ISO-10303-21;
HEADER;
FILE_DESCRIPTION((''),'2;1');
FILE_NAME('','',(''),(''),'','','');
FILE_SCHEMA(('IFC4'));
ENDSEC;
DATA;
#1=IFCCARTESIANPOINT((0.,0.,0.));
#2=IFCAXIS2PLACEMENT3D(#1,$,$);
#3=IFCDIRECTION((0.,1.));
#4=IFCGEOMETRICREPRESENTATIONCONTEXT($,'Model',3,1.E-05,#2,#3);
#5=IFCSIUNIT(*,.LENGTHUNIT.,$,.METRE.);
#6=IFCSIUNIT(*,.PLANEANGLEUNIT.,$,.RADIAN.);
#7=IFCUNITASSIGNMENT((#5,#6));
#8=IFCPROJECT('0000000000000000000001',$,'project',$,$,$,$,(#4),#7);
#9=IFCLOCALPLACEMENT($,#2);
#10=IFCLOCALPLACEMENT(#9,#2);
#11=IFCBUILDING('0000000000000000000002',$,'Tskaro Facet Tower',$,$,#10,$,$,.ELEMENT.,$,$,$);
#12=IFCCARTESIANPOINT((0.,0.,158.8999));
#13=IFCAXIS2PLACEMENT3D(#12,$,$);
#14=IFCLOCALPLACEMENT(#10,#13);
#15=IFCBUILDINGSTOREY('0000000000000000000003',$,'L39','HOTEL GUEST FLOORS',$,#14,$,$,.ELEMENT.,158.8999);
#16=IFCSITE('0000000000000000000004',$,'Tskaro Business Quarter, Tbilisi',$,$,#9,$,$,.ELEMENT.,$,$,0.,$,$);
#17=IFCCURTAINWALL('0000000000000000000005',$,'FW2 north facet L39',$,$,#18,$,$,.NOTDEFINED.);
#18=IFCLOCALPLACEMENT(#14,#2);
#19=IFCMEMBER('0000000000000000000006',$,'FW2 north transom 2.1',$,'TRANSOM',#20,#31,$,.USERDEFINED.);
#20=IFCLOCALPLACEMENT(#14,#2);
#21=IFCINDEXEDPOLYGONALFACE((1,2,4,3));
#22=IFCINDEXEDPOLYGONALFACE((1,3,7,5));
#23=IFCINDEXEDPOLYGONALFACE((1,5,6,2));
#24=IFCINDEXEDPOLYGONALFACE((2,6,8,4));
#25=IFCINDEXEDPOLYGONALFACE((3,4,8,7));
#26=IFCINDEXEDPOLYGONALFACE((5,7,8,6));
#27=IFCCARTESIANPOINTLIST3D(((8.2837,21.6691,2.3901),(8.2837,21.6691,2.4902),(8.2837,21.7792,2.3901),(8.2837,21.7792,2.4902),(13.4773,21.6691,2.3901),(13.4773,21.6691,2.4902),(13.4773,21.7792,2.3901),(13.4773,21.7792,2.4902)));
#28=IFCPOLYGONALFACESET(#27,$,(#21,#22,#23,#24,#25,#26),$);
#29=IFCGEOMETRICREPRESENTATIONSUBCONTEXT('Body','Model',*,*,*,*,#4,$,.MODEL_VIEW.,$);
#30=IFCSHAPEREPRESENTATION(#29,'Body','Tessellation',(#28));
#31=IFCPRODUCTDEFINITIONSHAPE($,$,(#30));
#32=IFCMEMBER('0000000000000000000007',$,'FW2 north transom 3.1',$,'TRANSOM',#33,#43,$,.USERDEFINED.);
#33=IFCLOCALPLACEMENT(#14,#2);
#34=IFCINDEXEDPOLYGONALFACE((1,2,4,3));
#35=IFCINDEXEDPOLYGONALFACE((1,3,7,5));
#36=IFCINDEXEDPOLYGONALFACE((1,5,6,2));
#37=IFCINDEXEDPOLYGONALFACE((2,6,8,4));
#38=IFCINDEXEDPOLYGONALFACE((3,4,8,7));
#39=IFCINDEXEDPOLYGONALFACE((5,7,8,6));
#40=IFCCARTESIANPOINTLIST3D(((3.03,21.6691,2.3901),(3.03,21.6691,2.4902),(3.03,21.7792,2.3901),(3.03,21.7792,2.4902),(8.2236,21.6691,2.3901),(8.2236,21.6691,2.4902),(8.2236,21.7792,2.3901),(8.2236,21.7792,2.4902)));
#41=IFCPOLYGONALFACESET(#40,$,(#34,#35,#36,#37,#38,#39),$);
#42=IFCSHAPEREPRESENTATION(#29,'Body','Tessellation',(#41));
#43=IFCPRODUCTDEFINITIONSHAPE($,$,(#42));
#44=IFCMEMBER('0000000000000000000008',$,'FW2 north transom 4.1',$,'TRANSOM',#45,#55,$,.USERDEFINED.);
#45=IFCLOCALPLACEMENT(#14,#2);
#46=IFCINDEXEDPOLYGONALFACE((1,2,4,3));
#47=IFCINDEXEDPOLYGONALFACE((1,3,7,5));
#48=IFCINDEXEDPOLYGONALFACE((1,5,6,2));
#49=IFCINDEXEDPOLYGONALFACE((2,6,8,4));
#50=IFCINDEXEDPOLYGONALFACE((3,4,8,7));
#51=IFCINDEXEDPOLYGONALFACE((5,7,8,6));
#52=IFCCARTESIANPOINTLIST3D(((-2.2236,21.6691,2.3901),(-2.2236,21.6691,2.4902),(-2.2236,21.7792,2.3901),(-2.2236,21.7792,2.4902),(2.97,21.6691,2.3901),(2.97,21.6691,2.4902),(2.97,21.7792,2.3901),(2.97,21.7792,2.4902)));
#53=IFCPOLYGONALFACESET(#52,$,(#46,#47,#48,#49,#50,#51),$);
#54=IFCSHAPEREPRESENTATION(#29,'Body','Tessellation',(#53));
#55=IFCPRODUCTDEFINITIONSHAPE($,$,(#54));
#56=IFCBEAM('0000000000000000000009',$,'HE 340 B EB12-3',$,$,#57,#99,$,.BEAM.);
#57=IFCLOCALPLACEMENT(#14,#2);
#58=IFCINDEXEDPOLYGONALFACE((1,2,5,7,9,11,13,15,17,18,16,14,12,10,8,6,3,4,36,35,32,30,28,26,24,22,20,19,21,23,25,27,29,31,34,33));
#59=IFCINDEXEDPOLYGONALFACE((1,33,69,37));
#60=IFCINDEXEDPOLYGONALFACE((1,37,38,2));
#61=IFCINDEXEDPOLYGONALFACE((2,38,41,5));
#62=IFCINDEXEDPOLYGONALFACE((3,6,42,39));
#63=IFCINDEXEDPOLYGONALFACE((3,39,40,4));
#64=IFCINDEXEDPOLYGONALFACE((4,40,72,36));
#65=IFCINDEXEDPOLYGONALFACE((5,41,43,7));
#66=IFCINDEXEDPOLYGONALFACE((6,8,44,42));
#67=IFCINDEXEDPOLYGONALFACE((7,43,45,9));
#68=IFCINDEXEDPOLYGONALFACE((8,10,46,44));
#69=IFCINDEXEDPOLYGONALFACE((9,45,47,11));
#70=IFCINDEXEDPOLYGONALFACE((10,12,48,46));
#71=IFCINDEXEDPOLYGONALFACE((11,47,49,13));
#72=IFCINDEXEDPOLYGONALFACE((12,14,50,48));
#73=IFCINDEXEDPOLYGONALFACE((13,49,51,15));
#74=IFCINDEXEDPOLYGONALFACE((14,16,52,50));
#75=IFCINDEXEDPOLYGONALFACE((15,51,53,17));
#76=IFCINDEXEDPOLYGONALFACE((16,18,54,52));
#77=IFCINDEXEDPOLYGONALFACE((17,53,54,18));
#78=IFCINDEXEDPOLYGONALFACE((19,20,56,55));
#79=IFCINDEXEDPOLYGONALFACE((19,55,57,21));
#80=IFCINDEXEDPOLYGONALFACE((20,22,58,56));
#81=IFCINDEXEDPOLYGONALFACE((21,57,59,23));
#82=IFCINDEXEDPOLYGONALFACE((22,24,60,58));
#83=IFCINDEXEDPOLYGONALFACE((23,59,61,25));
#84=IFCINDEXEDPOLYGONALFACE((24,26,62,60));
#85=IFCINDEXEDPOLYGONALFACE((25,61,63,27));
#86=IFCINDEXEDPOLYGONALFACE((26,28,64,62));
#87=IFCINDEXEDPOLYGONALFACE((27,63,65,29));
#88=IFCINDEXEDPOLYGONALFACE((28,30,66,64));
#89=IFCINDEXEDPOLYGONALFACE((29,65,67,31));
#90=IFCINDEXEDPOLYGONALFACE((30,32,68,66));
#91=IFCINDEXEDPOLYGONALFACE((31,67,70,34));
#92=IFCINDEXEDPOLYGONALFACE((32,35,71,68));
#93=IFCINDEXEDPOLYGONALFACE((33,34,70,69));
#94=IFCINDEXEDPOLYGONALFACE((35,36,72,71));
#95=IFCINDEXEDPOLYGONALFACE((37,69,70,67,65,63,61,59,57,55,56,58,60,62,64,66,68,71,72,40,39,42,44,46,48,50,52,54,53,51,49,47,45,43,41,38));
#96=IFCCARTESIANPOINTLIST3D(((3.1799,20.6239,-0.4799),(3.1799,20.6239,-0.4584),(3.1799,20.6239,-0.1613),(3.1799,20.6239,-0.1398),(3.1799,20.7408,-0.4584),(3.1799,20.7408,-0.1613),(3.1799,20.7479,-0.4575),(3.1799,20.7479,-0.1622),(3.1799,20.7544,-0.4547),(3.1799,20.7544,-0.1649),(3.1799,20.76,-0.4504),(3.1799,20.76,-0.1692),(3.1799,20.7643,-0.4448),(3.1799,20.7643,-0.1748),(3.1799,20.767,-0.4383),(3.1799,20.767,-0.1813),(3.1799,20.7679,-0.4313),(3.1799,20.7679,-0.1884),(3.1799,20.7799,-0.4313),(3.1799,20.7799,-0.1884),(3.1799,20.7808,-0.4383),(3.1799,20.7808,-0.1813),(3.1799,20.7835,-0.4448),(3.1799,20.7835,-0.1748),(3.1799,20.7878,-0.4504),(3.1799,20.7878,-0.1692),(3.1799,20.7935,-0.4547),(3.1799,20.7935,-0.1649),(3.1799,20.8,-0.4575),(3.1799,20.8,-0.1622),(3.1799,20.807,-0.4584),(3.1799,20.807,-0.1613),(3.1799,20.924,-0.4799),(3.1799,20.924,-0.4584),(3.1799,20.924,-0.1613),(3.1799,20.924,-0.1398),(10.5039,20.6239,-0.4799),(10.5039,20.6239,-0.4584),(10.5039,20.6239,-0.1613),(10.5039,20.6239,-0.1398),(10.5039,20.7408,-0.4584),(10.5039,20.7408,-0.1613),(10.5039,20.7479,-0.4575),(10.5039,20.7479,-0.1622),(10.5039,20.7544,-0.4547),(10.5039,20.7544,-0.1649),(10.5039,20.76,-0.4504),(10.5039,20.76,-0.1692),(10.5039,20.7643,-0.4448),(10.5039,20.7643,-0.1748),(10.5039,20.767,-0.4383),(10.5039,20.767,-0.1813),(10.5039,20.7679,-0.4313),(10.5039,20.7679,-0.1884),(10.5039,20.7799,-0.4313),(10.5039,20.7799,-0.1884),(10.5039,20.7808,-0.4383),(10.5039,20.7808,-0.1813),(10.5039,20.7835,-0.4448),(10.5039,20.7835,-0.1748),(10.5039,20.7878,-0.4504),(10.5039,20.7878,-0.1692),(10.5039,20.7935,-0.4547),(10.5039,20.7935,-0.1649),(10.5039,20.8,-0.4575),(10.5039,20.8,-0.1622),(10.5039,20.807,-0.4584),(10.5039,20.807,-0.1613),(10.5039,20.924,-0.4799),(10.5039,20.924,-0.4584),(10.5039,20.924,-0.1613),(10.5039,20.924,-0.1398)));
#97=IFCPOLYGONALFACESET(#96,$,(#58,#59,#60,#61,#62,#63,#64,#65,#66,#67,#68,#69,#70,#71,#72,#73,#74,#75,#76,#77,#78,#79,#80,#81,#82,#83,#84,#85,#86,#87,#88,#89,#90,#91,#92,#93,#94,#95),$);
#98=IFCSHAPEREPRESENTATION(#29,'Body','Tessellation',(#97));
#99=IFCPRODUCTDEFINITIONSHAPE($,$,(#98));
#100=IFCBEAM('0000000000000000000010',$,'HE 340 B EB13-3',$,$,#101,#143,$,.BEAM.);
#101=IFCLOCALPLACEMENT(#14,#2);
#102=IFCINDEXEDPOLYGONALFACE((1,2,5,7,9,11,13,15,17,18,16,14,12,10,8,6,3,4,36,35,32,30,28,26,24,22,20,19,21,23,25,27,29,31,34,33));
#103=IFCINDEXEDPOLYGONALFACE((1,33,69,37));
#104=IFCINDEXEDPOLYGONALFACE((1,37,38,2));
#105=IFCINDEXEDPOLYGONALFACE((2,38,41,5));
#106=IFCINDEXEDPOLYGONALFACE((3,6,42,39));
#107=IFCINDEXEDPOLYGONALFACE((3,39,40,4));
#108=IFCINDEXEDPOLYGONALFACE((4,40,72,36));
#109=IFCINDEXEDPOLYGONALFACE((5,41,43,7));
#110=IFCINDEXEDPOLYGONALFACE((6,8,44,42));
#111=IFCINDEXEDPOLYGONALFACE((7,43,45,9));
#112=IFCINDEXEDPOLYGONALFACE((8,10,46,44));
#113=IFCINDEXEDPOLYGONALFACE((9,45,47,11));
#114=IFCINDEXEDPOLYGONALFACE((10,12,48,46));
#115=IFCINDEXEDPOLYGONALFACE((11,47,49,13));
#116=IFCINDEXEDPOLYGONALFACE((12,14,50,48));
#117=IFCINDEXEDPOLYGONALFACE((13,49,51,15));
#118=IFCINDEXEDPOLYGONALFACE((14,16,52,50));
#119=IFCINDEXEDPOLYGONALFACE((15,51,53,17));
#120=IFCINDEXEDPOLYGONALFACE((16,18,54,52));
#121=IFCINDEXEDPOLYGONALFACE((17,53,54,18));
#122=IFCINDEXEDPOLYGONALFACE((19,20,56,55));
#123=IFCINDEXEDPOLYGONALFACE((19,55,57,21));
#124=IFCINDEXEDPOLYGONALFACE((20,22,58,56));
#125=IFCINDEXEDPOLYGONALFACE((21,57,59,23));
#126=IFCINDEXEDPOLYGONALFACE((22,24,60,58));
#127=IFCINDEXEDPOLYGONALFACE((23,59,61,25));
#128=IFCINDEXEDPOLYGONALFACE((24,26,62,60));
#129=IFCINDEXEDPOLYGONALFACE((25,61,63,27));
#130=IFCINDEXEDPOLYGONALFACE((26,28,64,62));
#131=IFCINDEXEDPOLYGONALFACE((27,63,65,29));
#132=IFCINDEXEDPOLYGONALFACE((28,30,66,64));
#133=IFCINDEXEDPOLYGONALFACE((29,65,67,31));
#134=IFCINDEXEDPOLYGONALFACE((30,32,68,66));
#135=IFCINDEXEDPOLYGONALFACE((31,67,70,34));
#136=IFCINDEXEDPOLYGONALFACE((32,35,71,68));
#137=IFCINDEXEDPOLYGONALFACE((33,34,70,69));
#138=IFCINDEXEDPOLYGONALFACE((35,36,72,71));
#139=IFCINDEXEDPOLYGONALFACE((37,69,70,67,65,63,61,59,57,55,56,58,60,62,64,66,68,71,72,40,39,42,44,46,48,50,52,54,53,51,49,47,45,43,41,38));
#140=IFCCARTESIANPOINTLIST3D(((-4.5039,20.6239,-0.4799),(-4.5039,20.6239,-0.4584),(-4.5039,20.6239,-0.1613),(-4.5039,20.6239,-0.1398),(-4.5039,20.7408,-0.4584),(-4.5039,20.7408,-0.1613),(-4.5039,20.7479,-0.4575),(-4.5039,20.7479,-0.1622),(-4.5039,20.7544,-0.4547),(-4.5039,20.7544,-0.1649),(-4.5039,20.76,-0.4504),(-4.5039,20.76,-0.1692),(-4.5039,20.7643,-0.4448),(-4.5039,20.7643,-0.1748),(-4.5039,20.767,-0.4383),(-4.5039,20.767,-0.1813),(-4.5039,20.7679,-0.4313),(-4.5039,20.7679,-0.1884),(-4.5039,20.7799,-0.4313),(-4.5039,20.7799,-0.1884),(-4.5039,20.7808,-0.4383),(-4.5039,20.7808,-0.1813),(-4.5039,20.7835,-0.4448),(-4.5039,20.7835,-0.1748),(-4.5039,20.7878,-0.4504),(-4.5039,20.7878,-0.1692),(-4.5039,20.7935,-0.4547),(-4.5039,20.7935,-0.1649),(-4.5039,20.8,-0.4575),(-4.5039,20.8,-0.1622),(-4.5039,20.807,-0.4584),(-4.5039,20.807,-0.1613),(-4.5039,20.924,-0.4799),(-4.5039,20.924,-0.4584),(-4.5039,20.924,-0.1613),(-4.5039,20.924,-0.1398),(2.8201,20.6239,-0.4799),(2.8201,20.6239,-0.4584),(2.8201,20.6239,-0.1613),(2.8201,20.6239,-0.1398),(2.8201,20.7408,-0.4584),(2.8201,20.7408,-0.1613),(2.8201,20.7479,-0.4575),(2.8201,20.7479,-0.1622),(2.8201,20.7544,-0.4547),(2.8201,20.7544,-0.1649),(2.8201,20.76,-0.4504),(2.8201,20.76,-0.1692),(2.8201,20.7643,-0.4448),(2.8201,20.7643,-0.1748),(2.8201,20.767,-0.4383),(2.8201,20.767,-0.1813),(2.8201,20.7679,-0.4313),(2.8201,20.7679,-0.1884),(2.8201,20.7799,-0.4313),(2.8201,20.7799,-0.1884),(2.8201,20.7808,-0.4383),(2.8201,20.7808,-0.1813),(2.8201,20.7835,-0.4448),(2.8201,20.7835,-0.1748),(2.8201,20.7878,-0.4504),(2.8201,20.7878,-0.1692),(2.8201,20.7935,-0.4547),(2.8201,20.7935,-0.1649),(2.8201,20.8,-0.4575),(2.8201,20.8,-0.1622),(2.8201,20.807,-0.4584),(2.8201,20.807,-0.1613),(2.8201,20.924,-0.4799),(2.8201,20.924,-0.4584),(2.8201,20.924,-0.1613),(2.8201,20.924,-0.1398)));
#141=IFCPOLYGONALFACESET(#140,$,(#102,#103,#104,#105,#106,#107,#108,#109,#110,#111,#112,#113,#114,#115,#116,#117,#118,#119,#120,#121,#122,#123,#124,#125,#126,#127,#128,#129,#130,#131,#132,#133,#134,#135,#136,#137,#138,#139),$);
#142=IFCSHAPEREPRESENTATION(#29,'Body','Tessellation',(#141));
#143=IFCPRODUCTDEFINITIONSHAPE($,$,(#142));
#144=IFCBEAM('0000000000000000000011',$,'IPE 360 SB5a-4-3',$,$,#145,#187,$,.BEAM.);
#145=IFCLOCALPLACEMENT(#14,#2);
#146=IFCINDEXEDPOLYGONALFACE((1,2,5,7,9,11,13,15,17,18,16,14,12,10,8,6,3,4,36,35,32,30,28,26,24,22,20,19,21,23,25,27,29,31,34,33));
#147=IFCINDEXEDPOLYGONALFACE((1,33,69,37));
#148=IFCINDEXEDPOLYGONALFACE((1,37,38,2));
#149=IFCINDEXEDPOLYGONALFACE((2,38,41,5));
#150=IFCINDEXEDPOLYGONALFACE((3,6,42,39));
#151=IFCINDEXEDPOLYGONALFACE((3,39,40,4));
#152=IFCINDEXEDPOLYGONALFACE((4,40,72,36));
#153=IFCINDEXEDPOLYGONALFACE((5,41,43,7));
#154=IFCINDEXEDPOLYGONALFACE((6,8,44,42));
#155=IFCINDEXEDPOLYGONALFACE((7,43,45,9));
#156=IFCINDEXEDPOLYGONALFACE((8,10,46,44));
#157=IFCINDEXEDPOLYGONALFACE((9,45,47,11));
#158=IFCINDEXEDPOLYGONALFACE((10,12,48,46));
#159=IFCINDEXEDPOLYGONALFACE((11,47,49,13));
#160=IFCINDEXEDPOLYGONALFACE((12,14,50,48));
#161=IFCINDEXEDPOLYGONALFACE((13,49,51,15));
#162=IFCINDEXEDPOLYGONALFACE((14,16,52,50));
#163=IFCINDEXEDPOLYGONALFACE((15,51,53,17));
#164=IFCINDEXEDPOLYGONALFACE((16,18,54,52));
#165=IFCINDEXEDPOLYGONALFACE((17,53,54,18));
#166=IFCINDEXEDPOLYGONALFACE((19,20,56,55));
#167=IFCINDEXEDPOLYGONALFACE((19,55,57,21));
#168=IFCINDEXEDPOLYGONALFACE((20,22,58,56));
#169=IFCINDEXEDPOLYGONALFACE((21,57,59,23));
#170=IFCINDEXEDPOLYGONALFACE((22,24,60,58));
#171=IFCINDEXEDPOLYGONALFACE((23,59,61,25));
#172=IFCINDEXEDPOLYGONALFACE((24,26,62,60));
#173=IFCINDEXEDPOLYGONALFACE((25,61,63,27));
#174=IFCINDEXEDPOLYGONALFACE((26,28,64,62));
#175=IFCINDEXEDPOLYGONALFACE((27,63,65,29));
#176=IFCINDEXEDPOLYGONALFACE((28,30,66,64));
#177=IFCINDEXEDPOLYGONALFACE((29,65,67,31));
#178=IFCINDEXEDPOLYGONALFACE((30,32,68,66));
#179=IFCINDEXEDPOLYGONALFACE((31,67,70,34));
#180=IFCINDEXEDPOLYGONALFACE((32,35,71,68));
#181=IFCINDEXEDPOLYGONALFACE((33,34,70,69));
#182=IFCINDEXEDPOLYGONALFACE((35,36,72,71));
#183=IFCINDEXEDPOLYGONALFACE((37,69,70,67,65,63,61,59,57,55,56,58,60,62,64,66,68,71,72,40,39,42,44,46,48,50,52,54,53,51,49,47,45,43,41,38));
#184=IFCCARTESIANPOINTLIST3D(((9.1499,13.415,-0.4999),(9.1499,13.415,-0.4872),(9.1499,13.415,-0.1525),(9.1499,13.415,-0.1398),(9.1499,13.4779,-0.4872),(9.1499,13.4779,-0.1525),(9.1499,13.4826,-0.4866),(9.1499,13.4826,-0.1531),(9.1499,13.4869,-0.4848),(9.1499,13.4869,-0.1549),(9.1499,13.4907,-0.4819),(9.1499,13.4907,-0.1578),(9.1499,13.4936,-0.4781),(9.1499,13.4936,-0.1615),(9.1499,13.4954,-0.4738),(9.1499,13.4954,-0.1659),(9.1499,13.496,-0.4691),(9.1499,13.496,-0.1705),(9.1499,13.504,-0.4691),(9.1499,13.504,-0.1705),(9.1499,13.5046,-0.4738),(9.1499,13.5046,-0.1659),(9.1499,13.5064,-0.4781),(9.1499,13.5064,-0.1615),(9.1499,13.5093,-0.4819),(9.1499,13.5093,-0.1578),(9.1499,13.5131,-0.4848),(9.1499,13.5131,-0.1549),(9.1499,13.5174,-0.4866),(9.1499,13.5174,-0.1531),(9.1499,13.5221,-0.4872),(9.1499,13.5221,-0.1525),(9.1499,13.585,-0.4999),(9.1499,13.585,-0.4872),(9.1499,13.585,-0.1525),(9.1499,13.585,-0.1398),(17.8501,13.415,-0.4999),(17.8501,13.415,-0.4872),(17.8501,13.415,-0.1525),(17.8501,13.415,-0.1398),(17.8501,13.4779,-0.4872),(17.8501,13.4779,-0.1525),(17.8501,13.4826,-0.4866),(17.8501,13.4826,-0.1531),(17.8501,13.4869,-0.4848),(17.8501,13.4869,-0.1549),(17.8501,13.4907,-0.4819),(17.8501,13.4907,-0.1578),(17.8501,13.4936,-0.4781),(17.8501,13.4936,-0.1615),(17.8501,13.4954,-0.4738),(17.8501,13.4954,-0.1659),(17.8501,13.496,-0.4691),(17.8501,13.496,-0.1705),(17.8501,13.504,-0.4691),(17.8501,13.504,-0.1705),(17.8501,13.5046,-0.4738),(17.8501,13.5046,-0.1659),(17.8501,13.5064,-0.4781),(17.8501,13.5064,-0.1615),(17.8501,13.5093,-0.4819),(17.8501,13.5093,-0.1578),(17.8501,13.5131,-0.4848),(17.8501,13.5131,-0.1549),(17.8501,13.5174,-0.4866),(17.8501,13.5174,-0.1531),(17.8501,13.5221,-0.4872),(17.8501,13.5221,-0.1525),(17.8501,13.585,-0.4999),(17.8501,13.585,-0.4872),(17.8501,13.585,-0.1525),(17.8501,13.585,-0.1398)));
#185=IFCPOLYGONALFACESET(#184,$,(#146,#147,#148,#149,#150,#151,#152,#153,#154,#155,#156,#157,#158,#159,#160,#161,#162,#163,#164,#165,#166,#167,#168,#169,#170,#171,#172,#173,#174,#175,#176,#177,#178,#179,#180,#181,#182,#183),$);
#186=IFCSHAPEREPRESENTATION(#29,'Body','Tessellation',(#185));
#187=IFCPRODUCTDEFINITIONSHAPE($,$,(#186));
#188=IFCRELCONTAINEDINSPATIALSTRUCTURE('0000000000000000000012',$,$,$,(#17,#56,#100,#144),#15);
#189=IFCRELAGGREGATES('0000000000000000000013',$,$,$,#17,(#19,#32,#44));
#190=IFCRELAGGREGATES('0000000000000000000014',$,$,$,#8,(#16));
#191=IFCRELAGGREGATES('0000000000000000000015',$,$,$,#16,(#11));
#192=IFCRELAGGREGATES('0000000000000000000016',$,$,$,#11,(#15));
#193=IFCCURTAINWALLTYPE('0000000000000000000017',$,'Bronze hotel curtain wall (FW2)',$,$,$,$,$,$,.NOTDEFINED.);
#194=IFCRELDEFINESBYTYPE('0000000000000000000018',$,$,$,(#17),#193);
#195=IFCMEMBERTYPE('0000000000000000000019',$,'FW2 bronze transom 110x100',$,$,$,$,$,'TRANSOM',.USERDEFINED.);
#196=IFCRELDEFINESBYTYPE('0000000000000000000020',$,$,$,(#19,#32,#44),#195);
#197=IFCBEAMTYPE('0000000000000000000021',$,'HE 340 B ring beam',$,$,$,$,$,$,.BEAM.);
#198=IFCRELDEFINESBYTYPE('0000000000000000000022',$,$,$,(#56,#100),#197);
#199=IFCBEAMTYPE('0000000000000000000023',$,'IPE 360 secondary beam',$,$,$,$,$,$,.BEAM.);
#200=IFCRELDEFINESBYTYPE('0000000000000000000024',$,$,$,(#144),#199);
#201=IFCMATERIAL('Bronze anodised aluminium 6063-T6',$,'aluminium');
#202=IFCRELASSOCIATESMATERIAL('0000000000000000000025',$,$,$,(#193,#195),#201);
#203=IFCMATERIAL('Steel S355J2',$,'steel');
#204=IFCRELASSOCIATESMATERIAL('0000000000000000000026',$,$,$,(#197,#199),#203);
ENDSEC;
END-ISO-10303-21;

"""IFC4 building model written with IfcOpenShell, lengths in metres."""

from ifc_helpers import new_model, si_unit, direction, frame, origin, origin_2d, place, context, subcontext, project, spatial, rectangle, i_section, extrude, material, material_profile, profile_set, type_object, element, aggregate, save


model = new_model("IFC4")

# Units and contexts
model_context = context("Model", 3, precision=1e-05, world=origin(), true_north=direction((0.0, 1.0)))
body_context = subcontext(model_context, "Body", "Model", "MODEL_VIEW")
ifc_project = project(units=[si_unit("LENGTHUNIT", "METRE"), si_unit("PLANEANGLEUNIT", "RADIAN")], contexts=[model_context])

# Site, building, storey
site_placement = place(None, origin())
site = spatial("IfcSite", under=ifc_project, at=site_placement, Name="Tskaro Business Quarter, Tbilisi", CompositionType="ELEMENT", RefElevation=0.0)
building_placement = place(site_placement, origin())
building = spatial("IfcBuilding", under=site, at=building_placement, Name="Tskaro Facet Tower", CompositionType="ELEMENT")
storey_placement = place(building_placement, frame((0.0, 0.0, 158.8999)))
storey = spatial("IfcBuildingStorey", under=building, at=storey_placement, Name="L39", Description="HOTEL GUEST FLOORS", CompositionType="ELEMENT", Elevation=158.8999)

# Curtain wall, members
ifc_material_1 = material(Name="Bronze anodised aluminium 6063-T6", Category="aluminium")
curtain_wall_type = type_object("IfcCurtainWallType", Name="Bronze hotel curtain wall (FW2)", PredefinedType="NOTDEFINED", material=ifc_material_1)
curtain_wall_placement = place(storey_placement, origin())
curtain_wall = element("IfcCurtainWall", 1, at=curtain_wall_placement, inside=storey, type_object=curtain_wall_type, Name="FW2 north facet L39", PredefinedType="NOTDEFINED")
ifc_material_profile_1 = material_profile(ifc_material_1, rectangle(XDim=0.1101, YDim=0.1001, at=origin_2d()), Name="Transom 110x100")
ifc_profile_set_1 = profile_set([ifc_material_profile_1], Name="Bronze anodised aluminium 6063-T6")
member_type_1 = type_object("IfcMemberType", Name="FW2 bronze transom 110x100", ElementType="TRANSOM", PredefinedType="USERDEFINED", material=ifc_profile_set_1)
member_1_placement = place(storey_placement, frame((13.4773, 21.7241, 2.4402), z_axis=(-1.0, 0.0, 0.0), x_axis=(0.0, -1.0, 0.0)))
member_1 = element("IfcMember", 2, at=member_1_placement, type_object=member_type_1, Name="FW2 north transom 2.1", ObjectType="TRANSOM", PredefinedType="USERDEFINED", context=body_context, shape_type="SweptSolid", body=[
    extrude(rectangle(XDim=0.1101, YDim=0.1001, at=origin_2d()), origin(), (0.0, 0.0, 1.0), 5.1936),
])
member_2_placement = place(storey_placement, frame((8.2236, 21.7241, 2.4402), z_axis=(-1.0, 0.0, 0.0), x_axis=(0.0, -1.0, 0.0)))
member_2 = element("IfcMember", 3, at=member_2_placement, type_object=member_type_1, Name="FW2 north transom 3.1", ObjectType="TRANSOM", PredefinedType="USERDEFINED", context=body_context, shape_type="SweptSolid", body=[
    extrude(rectangle(XDim=0.1101, YDim=0.1001, at=origin_2d()), origin(), (0.0, 0.0, 1.0), 5.1936),
])
member_3_placement = place(storey_placement, frame((2.97, 21.7241, 2.4402), z_axis=(-1.0, 0.0, 0.0), x_axis=(0.0, -1.0, 0.0)))
member_3 = element("IfcMember", 4, at=member_3_placement, type_object=member_type_1, Name="FW2 north transom 4.1", ObjectType="TRANSOM", PredefinedType="USERDEFINED", context=body_context, shape_type="SweptSolid", body=[
    extrude(rectangle(XDim=0.1101, YDim=0.1001, at=origin_2d()), origin(), (0.0, 0.0, 1.0), 5.1936),
])

# Beams
ifc_material_2 = material(Name="Steel S355J2", Category="steel")
ifc_material_profile_2 = material_profile(ifc_material_2, i_section(OverallWidth=0.3, OverallDepth=0.3401, WebThickness=0.012, FlangeThickness=0.0215, FilletRadius=0.0271, at=origin_2d()), Name="HE 340 B")
ifc_profile_set_2 = profile_set([ifc_material_profile_2], Name="Steel S355J2")
beam_type_1 = type_object("IfcBeamType", Name="HE 340 B ring beam", PredefinedType="BEAM", material=ifc_profile_set_2)
for number, where, z_axis, x_axis, name in (
    (5, (10.5039, 20.7739, -0.3098), (-1.0, 0.0, 0.0), (0.0, -1.0, 0.0), "HE 340 B EB12-3"),
    (6, (2.8201, 20.7739, -0.3098), (-1.0, 0.0, 0.0), (0.0, -1.0, 0.0), "HE 340 B EB13-3"),
):
    element("IfcBeam", number, at=place(storey_placement, frame(where, z_axis=z_axis, x_axis=x_axis)), inside=storey, type_object=beam_type_1, Name=name, PredefinedType="BEAM", context=body_context, shape_type="SweptSolid", body=[
        extrude(i_section(OverallWidth=0.3, OverallDepth=0.3401, WebThickness=0.012, FlangeThickness=0.0215, FilletRadius=0.0271, at=origin_2d()), origin(), (0.0, 0.0, 1.0), 7.324),
    ])
ifc_material_profile_3 = material_profile(ifc_material_2, i_section(OverallWidth=0.1699, OverallDepth=0.3601, WebThickness=0.0081, FlangeThickness=0.0127, FilletRadius=0.0181, at=origin_2d()), Name="IPE 360")
ifc_profile_set_3 = profile_set([ifc_material_profile_3], Name="Steel S355J2")
beam_type_2 = type_object("IfcBeamType", Name="IPE 360 secondary beam", PredefinedType="BEAM", material=ifc_profile_set_3)
beam_placement = place(storey_placement, frame((9.1499, 13.5, -0.3198), z_axis=(1.0, 0.0, 0.0), x_axis=(0.0, 1.0, 0.0)))
element("IfcBeam", 7, at=beam_placement, inside=storey, type_object=beam_type_2, Name="IPE 360 SB5a-4-3", PredefinedType="BEAM", context=body_context, shape_type="SweptSolid", body=[
    extrude(i_section(OverallWidth=0.1699, OverallDepth=0.3601, WebThickness=0.0081, FlangeThickness=0.0127, FilletRadius=0.0181, at=origin_2d()), origin(), (0.0, 0.0, 1.0), 8.7002),
])

aggregate(curtain_wall, [member_1, member_2, member_3])

save(model, "model.ifc")
